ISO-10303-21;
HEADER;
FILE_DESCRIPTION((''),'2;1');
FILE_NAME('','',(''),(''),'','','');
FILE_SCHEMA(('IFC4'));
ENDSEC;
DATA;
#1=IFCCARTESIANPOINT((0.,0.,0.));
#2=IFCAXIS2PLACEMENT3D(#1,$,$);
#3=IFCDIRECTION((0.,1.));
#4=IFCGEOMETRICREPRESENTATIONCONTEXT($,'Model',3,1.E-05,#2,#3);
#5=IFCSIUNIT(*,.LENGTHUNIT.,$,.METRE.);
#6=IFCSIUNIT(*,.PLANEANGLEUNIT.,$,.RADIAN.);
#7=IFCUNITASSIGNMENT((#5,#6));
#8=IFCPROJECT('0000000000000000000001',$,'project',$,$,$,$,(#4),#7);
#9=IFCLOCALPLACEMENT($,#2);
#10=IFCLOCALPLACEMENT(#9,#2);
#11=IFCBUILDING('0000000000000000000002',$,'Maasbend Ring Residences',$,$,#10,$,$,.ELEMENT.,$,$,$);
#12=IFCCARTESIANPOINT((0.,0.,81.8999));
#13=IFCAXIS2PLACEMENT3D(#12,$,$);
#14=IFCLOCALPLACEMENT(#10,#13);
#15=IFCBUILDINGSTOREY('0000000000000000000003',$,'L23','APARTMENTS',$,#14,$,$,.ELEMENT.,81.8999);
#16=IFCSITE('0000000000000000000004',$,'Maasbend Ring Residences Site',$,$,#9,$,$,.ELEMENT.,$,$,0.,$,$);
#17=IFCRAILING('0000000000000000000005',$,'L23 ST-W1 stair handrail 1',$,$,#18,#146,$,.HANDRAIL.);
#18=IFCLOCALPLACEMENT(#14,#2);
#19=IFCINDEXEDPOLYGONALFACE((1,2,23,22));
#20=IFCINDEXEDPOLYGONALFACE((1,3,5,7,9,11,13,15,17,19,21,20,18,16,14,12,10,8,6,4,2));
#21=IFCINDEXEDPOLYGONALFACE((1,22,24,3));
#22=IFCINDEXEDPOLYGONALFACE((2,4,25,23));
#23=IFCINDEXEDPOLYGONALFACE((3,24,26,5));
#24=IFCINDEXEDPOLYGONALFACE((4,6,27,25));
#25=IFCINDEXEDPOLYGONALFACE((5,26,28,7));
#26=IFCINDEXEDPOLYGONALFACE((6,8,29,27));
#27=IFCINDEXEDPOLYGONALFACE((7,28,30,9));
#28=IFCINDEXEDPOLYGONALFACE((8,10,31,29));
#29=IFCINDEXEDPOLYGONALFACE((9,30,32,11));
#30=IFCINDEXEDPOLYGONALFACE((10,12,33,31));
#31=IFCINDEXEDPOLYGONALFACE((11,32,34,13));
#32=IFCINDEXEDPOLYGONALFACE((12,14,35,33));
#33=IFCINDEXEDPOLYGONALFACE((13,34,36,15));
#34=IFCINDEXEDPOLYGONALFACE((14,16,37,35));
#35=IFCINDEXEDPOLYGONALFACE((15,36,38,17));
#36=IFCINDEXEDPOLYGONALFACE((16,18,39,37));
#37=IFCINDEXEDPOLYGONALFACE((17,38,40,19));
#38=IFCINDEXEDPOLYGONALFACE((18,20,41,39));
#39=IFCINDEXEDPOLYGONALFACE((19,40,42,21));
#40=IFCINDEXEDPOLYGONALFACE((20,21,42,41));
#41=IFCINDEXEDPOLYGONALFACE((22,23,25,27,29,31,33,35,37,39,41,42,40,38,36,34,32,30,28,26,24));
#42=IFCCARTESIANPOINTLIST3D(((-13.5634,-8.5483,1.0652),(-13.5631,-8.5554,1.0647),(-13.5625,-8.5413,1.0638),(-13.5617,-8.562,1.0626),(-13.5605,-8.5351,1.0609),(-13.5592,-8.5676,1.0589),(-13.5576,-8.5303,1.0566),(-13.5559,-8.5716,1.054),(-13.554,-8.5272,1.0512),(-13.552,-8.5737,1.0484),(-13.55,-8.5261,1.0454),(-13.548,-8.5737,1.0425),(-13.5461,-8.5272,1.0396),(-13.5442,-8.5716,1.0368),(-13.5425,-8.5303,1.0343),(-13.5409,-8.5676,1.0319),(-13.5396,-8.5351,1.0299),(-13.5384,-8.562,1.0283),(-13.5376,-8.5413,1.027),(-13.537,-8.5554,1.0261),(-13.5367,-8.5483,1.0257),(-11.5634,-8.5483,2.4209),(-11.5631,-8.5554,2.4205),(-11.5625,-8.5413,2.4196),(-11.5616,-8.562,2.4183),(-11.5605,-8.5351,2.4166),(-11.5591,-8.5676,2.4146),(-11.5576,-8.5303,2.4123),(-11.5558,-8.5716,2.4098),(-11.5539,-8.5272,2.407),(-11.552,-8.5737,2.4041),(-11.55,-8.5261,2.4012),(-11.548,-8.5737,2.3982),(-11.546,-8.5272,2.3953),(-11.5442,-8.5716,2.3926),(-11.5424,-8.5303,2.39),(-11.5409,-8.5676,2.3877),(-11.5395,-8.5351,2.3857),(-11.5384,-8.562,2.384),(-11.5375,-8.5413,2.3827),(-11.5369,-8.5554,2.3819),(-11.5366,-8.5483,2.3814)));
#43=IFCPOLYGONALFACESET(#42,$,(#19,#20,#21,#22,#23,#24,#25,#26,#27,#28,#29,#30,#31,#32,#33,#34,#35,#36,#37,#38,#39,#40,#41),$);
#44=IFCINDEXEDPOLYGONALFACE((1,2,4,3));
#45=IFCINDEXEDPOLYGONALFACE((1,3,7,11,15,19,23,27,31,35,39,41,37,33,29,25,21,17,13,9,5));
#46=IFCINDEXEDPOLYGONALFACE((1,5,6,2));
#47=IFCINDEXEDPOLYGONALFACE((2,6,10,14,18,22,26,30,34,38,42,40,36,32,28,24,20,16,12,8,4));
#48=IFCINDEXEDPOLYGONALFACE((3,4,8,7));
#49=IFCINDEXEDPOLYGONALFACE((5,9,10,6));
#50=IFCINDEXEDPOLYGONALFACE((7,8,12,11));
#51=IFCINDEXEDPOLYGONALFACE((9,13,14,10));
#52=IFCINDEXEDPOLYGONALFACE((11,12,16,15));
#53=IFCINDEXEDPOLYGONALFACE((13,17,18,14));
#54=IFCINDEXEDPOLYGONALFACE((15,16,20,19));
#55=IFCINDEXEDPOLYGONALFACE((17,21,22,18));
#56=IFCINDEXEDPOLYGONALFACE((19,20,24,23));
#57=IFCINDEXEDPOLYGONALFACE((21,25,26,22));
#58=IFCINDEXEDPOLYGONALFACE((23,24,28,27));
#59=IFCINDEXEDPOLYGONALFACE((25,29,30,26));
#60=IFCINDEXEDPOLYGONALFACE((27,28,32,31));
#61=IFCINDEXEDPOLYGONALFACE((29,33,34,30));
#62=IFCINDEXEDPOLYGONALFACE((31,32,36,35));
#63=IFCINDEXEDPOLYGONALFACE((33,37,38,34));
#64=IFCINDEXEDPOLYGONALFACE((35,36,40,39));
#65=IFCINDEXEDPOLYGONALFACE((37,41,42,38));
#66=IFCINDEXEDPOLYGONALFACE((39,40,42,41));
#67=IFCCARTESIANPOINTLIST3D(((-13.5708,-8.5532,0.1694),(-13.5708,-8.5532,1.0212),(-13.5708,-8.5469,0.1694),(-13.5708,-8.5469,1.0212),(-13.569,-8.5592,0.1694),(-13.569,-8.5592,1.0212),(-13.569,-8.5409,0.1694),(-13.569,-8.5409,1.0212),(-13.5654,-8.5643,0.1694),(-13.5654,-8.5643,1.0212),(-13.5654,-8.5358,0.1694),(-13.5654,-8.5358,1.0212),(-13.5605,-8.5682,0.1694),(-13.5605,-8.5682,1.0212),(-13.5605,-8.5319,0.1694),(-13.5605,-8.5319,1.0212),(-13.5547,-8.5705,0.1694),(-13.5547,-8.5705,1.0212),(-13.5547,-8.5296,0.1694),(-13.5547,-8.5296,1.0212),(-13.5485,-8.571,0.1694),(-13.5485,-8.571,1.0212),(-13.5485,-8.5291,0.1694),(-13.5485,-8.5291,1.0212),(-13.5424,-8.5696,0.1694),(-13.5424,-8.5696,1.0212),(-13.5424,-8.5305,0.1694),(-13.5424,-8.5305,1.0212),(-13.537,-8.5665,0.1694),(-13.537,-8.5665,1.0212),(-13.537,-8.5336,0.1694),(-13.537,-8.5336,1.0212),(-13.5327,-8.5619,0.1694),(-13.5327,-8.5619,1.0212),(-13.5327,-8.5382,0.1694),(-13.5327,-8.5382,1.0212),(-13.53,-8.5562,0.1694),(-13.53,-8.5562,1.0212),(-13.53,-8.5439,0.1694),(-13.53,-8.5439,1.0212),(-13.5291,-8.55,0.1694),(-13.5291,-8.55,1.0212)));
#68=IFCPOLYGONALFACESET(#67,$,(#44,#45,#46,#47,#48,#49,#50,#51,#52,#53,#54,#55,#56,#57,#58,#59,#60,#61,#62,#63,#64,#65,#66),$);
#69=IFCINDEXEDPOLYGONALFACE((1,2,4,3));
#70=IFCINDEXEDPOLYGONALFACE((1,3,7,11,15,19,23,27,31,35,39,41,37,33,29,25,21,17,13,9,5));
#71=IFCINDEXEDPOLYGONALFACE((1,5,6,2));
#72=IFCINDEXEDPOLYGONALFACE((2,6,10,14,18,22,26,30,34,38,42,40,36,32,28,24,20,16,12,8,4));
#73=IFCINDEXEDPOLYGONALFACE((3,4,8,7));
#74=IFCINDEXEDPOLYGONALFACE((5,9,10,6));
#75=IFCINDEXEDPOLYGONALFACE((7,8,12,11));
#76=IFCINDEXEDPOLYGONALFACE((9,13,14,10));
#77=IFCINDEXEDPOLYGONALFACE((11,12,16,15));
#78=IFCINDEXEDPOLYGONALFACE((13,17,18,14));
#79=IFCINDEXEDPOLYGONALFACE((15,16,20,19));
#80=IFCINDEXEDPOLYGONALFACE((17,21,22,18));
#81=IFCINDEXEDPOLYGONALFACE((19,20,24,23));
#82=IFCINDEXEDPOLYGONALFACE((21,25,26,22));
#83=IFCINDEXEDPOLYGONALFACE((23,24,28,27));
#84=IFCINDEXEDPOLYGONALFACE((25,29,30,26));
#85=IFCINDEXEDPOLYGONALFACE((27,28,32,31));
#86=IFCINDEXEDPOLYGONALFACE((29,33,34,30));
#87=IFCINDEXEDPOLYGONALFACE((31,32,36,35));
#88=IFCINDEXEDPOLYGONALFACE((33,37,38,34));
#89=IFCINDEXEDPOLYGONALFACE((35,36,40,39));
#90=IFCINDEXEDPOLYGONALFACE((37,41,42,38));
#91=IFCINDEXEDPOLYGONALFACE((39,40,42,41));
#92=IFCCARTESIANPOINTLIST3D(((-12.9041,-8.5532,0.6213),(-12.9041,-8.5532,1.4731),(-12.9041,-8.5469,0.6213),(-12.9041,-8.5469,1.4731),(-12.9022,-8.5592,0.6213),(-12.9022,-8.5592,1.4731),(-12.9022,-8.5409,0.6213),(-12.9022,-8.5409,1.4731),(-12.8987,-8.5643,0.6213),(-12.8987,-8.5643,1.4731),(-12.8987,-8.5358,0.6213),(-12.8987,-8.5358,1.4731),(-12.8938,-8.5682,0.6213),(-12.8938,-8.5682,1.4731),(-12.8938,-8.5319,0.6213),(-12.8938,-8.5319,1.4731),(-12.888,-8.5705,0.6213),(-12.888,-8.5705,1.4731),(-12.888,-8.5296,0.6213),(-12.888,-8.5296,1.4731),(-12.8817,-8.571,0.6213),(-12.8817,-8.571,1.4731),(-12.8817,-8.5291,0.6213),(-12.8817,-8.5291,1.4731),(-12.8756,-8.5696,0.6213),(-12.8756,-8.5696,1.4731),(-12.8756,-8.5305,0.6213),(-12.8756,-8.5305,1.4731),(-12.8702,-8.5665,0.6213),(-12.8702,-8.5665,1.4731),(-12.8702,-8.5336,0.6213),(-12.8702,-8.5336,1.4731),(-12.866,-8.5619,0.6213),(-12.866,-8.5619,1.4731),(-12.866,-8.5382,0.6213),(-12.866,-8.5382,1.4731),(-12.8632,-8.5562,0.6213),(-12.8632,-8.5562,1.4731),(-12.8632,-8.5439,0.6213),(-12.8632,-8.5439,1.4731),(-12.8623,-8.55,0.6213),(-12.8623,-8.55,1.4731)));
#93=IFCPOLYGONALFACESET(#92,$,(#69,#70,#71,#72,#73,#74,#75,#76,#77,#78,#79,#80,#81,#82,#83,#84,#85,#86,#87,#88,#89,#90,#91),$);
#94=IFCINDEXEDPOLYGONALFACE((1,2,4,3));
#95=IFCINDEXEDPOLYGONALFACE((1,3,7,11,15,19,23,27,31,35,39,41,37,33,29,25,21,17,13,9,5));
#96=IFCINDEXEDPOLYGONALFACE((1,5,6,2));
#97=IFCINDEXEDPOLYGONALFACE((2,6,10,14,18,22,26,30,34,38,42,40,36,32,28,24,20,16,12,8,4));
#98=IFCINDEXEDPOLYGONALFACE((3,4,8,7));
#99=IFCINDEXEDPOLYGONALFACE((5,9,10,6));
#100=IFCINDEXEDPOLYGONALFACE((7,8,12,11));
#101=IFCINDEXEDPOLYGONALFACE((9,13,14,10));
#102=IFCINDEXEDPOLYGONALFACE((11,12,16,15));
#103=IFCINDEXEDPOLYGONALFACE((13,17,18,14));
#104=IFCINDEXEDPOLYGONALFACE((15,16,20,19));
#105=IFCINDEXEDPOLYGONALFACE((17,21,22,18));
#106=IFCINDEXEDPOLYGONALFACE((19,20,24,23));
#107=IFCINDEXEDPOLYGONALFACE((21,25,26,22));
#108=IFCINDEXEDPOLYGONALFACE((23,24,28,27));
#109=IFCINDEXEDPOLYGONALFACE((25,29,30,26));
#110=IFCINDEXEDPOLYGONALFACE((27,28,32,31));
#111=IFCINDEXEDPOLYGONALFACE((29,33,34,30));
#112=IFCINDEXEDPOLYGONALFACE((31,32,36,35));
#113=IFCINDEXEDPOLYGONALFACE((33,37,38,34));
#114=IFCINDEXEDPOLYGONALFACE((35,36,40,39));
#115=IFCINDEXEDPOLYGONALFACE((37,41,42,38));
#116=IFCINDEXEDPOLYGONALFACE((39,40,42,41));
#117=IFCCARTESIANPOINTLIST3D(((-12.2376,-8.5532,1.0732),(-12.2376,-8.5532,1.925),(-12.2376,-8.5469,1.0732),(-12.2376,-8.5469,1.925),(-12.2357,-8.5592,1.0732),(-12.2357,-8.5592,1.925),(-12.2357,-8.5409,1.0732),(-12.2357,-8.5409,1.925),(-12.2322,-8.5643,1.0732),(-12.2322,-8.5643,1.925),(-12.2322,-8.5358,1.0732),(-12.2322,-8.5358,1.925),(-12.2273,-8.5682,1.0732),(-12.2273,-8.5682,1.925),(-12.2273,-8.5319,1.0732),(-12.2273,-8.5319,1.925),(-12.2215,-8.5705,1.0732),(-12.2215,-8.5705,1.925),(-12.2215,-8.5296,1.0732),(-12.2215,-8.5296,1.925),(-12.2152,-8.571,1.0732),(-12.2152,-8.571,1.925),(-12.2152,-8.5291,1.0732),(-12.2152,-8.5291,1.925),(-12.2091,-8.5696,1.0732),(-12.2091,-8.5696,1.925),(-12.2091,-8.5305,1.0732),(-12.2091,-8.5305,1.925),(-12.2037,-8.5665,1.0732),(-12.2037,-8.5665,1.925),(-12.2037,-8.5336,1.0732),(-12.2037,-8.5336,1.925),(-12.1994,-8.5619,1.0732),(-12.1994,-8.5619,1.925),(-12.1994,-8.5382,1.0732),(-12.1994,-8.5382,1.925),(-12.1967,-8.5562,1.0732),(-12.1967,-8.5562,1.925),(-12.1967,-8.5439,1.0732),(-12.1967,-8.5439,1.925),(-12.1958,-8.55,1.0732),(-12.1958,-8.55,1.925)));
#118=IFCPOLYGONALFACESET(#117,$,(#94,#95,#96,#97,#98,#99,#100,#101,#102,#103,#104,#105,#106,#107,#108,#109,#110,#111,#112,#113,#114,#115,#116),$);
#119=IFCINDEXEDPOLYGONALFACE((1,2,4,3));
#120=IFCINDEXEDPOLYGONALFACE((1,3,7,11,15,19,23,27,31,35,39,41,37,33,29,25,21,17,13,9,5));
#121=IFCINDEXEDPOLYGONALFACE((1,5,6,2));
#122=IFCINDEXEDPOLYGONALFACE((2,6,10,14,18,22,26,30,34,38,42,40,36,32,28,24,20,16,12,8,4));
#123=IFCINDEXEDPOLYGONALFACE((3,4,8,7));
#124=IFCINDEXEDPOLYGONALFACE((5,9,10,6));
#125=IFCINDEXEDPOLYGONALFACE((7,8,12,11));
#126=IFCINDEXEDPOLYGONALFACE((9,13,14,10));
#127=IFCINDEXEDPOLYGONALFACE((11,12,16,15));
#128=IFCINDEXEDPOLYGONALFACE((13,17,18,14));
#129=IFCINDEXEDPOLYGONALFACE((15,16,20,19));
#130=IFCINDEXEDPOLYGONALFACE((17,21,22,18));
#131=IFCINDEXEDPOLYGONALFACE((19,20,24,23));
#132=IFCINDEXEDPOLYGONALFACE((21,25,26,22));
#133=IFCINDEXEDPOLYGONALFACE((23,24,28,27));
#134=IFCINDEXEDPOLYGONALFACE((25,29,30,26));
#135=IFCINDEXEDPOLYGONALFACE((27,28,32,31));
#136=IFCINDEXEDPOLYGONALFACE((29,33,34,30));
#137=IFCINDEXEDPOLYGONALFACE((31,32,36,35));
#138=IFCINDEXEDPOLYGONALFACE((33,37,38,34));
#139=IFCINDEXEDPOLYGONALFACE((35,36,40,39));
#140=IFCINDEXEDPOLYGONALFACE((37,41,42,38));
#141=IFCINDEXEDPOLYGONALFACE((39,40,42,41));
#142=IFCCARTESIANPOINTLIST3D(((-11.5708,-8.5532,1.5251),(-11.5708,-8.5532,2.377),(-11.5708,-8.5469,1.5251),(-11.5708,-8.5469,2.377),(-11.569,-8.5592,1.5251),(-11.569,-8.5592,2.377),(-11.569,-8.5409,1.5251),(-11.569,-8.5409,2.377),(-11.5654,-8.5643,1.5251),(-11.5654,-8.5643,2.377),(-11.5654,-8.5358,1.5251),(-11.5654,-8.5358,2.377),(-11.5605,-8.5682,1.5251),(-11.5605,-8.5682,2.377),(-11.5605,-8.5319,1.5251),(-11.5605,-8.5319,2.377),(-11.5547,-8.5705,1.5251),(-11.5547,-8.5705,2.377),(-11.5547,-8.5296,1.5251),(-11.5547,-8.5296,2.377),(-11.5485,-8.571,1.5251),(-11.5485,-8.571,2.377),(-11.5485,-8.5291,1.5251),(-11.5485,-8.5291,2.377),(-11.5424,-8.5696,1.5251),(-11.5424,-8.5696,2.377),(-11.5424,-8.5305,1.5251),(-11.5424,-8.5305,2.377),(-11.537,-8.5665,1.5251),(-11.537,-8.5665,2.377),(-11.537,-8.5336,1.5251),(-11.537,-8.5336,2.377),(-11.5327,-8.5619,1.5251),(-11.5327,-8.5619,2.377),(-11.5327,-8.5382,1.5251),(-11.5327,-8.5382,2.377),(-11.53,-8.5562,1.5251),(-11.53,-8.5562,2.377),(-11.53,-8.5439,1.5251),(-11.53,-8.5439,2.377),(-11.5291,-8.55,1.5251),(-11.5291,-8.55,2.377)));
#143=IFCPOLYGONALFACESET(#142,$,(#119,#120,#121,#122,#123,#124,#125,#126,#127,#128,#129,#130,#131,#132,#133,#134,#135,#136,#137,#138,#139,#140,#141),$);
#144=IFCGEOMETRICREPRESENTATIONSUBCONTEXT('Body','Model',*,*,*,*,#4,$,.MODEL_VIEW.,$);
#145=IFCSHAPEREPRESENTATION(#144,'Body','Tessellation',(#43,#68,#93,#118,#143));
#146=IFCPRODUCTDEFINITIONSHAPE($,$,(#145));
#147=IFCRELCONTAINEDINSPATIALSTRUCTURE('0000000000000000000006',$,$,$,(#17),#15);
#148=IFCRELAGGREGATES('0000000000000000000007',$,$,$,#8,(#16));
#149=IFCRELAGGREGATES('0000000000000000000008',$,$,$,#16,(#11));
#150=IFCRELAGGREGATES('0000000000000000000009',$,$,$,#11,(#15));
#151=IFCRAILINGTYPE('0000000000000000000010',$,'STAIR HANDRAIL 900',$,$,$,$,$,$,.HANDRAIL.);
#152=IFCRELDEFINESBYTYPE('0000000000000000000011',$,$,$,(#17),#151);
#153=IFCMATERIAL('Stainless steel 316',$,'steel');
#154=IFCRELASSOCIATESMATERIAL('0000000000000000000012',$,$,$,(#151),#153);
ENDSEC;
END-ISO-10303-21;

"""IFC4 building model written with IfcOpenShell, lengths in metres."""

from ifc_helpers import new_model, si_unit, direction, frame, origin, origin_2d, place, context, subcontext, project, spatial, circle, extrude, material, type_object, element, save


model = new_model("IFC4")

# Units and contexts
model_context = context("Model", 3, precision=1e-05, world=origin(), true_north=direction((0.0, 1.0)))
body_context = subcontext(model_context, "Body", "Model", "MODEL_VIEW")
ifc_project = project(units=[si_unit("LENGTHUNIT", "METRE"), si_unit("PLANEANGLEUNIT", "RADIAN")], contexts=[model_context])

# Site, building, storey
site_placement = place(None, origin())
site = spatial("IfcSite", under=ifc_project, at=site_placement, Name="Maasbend Ring Residences Site", CompositionType="ELEMENT", RefElevation=0.0)
building_placement = place(site_placement, origin())
building = spatial("IfcBuilding", under=site, at=building_placement, Name="Maasbend Ring Residences", CompositionType="ELEMENT")
storey_placement = place(building_placement, frame((0.0, 0.0, 81.8999)))
storey = spatial("IfcBuildingStorey", under=building, at=storey_placement, Name="L23", Description="APARTMENTS", CompositionType="ELEMENT", Elevation=81.8999)

# Railing
ifc_material_1 = material(Name="Stainless steel 316", Category="steel")
railing_type_1 = type_object("IfcRailingType", Name="STAIR HANDRAIL 900", PredefinedType="HANDRAIL", material=ifc_material_1)
railing_1_placement = place(storey_placement, frame((-13.55, -8.55, 0.1694)))
element("IfcRailing", 1, at=railing_1_placement, inside=storey, type_object=railing_type_1, Name="L23 ST-W1 stair handrail 1", PredefinedType="HANDRAIL", context=body_context, shape_type="SweptSolid", body=[
    extrude(circle(Radius=0.0239, at=origin_2d()), frame((0.0, 0.0, 0.876), z_axis=(0.827751, 0.0, 0.561096), x_axis=(0.0, 1.0, 0.0)), (0.0, 0.0, 1.0), 2.4163),
    extrude(circle(Radius=0.021, at=origin_2d()), origin(), (0.0, 0.0, 1.0), 0.8518),
    extrude(circle(Radius=0.021, at=origin_2d()), frame((0.6667, 0.0, 0.4519)), (0.0, 0.0, 1.0), 0.8518),
    extrude(circle(Radius=0.021, at=origin_2d()), frame((1.3333, 0.0, 0.9038)), (0.0, 0.0, 1.0), 0.8518),
    extrude(circle(Radius=0.021, at=origin_2d()), frame((2.0, 0.0, 1.3557)), (0.0, 0.0, 1.0), 0.8518),
])

save(model, "model.ifc")
